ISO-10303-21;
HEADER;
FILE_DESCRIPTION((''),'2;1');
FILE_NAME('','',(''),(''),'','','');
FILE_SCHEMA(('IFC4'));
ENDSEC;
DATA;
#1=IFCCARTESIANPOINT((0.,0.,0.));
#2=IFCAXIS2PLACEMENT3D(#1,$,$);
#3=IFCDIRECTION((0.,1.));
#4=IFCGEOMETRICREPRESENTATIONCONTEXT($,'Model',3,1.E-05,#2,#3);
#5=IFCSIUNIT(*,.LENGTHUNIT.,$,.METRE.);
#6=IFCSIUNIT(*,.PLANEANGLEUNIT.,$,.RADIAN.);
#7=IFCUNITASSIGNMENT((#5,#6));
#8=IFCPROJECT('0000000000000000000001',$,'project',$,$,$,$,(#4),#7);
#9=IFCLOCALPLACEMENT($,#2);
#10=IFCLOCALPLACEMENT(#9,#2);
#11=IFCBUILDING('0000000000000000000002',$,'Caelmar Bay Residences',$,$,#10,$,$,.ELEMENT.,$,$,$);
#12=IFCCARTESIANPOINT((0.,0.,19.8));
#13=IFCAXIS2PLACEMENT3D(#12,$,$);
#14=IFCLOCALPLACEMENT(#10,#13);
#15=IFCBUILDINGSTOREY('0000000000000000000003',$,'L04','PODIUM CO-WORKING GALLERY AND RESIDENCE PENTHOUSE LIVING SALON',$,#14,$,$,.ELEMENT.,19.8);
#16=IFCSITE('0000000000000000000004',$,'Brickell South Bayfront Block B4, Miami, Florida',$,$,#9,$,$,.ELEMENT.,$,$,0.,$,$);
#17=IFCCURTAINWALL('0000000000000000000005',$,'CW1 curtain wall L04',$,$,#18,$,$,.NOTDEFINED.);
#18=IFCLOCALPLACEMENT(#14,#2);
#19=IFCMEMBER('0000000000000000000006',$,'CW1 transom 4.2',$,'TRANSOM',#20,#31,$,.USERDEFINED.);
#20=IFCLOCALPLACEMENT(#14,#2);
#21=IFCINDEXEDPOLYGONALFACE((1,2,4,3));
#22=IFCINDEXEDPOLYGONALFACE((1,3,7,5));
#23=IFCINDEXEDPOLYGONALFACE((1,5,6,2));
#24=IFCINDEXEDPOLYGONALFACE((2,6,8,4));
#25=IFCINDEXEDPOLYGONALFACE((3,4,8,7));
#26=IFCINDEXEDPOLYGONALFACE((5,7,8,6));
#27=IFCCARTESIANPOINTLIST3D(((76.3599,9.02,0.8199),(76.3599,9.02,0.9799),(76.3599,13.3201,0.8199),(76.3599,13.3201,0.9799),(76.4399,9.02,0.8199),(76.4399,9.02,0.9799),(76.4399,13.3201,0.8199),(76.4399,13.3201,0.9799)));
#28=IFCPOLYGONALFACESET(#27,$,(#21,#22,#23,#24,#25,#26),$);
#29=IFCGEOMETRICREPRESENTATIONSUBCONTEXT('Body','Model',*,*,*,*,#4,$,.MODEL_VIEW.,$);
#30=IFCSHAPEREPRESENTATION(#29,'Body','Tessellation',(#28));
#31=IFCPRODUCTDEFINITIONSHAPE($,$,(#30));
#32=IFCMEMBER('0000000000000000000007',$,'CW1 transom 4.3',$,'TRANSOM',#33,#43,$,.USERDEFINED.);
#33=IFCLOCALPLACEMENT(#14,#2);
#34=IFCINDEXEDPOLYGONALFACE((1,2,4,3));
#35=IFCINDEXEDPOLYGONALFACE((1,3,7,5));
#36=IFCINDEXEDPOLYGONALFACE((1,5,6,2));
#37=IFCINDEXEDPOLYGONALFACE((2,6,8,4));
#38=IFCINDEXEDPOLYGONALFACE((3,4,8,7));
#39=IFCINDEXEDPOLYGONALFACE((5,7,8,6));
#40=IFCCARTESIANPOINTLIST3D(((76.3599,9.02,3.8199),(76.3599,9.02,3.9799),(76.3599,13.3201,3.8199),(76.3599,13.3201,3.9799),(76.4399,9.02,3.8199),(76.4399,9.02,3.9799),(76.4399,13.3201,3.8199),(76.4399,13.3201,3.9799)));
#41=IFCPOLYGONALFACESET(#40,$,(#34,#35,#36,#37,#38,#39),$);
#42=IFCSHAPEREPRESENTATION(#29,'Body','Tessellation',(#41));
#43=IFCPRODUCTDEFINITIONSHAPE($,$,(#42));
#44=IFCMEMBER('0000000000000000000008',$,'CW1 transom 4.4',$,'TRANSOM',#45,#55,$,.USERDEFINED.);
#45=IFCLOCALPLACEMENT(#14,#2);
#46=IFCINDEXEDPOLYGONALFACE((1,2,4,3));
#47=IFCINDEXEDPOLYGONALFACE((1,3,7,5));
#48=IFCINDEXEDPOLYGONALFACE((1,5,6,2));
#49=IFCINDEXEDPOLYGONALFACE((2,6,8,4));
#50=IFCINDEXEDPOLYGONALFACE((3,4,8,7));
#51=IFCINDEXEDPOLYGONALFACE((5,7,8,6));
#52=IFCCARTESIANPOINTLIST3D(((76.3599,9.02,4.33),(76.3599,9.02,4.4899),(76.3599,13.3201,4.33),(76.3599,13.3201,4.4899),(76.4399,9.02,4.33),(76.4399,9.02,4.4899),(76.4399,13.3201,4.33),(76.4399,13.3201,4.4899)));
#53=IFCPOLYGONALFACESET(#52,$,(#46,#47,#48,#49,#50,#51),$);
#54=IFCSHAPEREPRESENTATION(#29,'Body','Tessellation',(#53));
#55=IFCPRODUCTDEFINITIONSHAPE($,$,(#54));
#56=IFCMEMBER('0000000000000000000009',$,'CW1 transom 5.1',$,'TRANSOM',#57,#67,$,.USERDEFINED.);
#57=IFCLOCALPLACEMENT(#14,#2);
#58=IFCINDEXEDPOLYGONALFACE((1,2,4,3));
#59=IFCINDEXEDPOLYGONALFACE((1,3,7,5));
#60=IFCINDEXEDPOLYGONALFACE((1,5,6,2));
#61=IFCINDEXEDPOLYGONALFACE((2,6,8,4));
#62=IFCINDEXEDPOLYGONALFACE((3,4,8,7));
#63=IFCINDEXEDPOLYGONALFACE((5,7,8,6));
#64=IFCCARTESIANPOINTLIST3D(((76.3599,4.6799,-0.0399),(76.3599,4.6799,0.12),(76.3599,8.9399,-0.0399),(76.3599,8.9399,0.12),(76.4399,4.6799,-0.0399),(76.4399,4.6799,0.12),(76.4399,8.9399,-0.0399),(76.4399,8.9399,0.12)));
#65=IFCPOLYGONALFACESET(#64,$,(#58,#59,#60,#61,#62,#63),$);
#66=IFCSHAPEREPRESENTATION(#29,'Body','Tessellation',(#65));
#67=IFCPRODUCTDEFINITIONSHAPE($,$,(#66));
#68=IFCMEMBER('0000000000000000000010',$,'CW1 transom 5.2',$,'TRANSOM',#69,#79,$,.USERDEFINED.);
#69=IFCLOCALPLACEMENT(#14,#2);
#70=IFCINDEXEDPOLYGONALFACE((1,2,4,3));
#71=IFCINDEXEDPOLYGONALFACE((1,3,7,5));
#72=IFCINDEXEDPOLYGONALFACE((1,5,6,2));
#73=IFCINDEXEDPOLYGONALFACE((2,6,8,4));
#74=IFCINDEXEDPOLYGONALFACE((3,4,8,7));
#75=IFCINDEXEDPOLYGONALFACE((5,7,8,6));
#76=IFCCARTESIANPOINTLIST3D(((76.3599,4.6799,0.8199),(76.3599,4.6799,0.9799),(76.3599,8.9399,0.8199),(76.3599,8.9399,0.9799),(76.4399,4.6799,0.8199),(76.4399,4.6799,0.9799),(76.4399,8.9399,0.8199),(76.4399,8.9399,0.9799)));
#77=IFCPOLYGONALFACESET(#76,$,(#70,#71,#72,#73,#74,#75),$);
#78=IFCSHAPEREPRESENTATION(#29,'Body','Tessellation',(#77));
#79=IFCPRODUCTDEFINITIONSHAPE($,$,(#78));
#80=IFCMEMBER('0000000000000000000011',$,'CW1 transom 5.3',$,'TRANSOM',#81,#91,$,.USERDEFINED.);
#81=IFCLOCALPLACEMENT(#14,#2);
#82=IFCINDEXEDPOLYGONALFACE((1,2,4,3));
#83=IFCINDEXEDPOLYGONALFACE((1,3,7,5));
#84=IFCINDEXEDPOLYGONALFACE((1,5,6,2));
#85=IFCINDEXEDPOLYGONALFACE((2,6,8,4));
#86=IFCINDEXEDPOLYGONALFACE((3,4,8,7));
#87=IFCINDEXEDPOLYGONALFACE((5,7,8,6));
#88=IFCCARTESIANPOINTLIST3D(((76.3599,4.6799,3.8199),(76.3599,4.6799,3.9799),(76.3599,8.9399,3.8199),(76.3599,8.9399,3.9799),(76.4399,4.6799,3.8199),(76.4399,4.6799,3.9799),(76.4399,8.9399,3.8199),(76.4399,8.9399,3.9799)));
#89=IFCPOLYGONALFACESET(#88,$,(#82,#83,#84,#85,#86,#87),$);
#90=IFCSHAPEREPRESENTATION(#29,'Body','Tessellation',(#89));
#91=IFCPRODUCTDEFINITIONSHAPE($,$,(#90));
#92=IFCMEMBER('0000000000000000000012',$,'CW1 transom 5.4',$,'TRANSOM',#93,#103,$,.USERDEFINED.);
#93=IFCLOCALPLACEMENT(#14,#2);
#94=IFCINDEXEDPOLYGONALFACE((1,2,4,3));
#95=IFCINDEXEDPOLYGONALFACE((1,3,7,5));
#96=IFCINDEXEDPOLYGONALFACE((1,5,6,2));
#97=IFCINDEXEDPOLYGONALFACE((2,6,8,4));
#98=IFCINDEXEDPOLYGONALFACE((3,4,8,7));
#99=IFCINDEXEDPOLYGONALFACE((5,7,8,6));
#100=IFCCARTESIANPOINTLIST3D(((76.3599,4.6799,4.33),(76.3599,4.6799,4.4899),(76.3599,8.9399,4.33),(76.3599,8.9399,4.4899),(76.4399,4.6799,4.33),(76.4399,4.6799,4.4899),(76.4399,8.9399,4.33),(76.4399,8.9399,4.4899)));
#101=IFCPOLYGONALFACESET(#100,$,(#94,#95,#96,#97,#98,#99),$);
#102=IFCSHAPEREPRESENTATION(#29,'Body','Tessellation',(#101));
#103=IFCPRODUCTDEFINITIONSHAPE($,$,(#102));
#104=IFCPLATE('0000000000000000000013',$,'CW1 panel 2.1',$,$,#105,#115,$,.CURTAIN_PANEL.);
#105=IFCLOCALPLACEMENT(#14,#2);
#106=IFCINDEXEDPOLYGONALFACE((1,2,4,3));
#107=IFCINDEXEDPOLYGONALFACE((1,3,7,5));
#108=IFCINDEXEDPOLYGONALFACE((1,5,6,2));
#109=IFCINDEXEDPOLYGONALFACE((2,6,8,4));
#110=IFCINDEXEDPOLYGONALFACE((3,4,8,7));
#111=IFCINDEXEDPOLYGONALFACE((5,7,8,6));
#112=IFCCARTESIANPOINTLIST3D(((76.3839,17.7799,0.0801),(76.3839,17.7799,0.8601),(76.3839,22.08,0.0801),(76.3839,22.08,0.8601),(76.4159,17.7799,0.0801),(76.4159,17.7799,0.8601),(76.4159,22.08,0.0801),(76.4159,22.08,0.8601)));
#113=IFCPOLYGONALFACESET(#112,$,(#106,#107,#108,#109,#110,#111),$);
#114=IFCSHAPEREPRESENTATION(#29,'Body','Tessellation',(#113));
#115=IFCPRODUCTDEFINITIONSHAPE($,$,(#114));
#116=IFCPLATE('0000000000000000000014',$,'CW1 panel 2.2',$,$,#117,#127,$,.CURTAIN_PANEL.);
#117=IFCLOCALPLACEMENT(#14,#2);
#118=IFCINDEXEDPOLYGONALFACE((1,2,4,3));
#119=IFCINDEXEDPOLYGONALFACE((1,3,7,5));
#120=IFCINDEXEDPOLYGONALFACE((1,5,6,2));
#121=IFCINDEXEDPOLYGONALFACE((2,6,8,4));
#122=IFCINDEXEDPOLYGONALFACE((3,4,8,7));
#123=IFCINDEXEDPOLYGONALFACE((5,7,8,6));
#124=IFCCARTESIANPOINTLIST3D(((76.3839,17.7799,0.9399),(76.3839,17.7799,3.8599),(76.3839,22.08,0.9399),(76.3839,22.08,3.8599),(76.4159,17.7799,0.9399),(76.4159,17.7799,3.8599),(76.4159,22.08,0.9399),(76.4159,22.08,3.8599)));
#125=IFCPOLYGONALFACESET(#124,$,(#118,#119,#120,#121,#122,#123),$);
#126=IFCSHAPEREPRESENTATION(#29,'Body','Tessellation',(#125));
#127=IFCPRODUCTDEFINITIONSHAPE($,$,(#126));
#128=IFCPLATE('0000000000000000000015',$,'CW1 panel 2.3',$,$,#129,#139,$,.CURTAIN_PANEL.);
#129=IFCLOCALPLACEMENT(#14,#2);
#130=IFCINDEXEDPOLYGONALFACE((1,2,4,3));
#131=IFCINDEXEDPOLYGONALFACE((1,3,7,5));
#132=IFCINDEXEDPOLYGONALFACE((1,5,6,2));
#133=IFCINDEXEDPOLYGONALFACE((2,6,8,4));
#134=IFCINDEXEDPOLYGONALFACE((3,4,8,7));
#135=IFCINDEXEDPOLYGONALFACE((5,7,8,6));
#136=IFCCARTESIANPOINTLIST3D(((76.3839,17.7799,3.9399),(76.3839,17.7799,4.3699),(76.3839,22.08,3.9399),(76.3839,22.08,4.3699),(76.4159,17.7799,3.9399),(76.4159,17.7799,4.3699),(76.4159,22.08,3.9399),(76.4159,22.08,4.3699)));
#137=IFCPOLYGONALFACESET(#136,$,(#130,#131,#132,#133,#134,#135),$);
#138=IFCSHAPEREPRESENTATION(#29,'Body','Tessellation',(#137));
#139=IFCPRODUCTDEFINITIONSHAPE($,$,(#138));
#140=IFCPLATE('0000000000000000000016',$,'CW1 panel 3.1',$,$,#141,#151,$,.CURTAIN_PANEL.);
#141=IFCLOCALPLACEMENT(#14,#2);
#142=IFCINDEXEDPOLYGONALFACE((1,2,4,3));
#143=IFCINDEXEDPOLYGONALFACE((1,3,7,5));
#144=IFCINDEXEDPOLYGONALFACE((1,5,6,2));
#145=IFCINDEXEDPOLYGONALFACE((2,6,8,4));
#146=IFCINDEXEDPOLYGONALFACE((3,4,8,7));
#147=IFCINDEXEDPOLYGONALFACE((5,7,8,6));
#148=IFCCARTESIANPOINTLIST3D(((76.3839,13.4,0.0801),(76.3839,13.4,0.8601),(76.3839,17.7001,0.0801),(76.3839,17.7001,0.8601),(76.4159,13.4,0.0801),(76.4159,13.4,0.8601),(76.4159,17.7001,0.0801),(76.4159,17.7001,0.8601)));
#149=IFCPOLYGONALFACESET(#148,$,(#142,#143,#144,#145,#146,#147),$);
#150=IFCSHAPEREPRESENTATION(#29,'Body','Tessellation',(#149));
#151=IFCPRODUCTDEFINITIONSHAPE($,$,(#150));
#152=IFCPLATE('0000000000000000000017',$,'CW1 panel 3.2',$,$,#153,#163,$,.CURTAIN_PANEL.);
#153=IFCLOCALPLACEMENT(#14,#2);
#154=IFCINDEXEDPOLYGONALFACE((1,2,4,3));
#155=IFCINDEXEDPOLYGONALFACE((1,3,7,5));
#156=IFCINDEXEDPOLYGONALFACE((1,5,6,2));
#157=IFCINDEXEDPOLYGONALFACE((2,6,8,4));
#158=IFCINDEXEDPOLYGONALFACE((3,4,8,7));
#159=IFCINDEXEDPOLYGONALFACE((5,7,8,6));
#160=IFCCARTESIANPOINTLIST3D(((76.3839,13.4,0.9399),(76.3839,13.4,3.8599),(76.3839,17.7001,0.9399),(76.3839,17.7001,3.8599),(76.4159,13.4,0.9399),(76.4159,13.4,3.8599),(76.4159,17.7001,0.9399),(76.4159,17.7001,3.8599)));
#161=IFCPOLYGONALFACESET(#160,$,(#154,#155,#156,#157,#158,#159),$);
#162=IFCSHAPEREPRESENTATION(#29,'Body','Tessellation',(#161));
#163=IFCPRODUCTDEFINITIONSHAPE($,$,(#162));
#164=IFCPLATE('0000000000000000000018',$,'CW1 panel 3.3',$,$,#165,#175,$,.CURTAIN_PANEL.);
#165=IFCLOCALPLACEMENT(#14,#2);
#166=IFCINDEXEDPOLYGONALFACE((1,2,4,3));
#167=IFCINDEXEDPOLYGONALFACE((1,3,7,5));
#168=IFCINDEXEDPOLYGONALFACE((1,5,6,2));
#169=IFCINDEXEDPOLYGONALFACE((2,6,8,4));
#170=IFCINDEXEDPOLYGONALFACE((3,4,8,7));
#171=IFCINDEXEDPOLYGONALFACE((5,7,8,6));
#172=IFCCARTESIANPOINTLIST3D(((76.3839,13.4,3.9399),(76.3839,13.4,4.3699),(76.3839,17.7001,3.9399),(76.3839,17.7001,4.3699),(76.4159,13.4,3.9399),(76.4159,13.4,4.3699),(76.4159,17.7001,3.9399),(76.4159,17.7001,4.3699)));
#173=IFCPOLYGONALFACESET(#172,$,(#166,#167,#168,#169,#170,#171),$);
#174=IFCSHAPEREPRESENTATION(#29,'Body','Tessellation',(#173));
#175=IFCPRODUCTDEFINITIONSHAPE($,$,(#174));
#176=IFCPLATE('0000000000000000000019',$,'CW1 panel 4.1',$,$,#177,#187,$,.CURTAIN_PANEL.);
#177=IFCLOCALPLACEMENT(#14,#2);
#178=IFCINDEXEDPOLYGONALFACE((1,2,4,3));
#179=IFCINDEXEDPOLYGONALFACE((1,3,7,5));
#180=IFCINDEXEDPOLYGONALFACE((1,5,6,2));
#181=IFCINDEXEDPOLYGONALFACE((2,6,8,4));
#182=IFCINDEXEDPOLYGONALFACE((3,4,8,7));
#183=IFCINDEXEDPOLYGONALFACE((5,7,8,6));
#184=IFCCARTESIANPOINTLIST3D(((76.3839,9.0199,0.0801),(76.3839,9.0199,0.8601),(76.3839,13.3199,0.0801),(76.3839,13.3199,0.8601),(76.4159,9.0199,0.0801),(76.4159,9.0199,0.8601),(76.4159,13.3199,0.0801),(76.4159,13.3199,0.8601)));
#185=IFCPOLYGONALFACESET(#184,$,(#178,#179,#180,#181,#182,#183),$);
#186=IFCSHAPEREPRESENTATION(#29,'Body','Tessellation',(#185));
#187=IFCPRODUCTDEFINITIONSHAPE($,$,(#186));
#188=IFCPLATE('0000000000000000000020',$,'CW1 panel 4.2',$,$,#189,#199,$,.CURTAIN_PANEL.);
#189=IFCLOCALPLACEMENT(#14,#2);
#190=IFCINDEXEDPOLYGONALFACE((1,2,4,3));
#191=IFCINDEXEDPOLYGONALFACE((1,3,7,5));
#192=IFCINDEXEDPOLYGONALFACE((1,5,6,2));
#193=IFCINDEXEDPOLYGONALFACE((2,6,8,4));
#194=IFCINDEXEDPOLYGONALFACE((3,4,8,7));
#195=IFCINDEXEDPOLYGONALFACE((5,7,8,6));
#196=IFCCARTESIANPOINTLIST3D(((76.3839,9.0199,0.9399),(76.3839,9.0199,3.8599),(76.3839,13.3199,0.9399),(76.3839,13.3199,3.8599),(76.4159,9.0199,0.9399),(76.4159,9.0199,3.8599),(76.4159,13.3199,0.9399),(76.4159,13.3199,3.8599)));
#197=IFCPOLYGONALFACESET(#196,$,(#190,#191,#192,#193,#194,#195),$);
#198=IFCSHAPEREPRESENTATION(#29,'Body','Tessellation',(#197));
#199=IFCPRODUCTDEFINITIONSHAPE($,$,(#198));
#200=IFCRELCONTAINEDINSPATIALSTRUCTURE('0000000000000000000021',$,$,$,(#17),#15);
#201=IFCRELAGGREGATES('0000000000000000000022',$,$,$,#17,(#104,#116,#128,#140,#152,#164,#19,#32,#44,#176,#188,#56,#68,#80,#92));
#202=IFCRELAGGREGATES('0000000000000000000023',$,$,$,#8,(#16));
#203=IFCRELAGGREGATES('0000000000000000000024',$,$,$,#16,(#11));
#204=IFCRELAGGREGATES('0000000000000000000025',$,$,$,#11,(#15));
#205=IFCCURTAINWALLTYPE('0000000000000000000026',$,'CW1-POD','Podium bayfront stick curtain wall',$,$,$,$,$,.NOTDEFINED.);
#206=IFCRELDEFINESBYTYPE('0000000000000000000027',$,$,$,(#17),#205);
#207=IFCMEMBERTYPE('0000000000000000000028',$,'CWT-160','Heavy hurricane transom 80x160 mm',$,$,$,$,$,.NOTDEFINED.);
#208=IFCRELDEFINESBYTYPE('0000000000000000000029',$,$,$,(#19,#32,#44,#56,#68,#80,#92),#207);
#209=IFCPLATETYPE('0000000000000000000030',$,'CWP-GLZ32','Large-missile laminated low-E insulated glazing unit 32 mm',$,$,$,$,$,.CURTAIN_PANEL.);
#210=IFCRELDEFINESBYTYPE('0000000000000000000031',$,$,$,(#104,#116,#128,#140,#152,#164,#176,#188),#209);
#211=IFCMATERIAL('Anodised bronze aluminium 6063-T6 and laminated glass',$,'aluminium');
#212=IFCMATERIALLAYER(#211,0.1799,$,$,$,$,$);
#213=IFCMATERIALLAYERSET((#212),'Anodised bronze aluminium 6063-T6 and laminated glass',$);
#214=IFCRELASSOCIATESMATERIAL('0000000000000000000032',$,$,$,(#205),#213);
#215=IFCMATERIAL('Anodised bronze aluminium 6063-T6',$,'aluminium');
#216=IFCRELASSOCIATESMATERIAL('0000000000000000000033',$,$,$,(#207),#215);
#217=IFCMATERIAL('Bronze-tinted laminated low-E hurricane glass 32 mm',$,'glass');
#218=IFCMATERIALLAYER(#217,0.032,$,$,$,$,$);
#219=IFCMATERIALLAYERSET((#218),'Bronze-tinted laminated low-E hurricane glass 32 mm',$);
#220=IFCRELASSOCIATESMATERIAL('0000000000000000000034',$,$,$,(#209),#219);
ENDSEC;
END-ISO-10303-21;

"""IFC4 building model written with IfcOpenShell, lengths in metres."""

from ifc_helpers import new_model, si_unit, direction, frame, origin, origin_2d, place, context, subcontext, project, spatial, rectangle, extrude, material, layer, layer_set, material_profile, profile_set, type_object, element, aggregate, save


model = new_model("IFC4")

# Units and contexts
model_context = context("Model", 3, precision=1e-05, world=origin(), true_north=direction((0.0, 1.0)))
body_context = subcontext(model_context, "Body", "Model", "MODEL_VIEW")
ifc_project = project(units=[si_unit("LENGTHUNIT", "METRE"), si_unit("PLANEANGLEUNIT", "RADIAN")], contexts=[model_context])

# Site, building, storey
site_placement = place(None, origin())
site = spatial("IfcSite", under=ifc_project, at=site_placement, Name="Brickell South Bayfront Block B4, Miami, Florida", CompositionType="ELEMENT", RefElevation=0.0)
building_placement = place(site_placement, origin())
building = spatial("IfcBuilding", under=site, at=building_placement, Name="Caelmar Bay Residences", CompositionType="ELEMENT")
storey_placement = place(building_placement, frame((0.0, 0.0, 19.8)))
storey = spatial("IfcBuildingStorey", under=building, at=storey_placement, Name="L04", Description="PODIUM CO-WORKING GALLERY AND RESIDENCE PENTHOUSE LIVING SALON", CompositionType="ELEMENT", Elevation=19.8)

# Shared definitions
ifc_material_1 = material(Name="Anodised bronze aluminium 6063-T6 and laminated glass", Category="aluminium")
ifc_material_2 = material(Name="Anodised bronze aluminium 6063-T6", Category="aluminium")

# Curtain wall, members, plates
ifc_layer_1 = layer(ifc_material_1, 0.1799)
ifc_layer_set_1 = layer_set([ifc_layer_1], Name="Anodised bronze aluminium 6063-T6 and laminated glass")
curtain_wall_type_1 = type_object("IfcCurtainWallType", Name="CW1-POD", Description="Podium bayfront stick curtain wall", PredefinedType="NOTDEFINED", material=ifc_layer_set_1)
curtain_wall_1_placement = place(storey_placement, origin())
curtain_wall_1 = element("IfcCurtainWall", 1, at=curtain_wall_1_placement, inside=storey, type_object=curtain_wall_type_1, Name="CW1 curtain wall L04", PredefinedType="NOTDEFINED")
ifc_material_profile_1 = material_profile(ifc_material_2, rectangle(XDim=0.0801, YDim=0.1599, at=origin_2d()), Name="CWT-80X160")
ifc_profile_set_1 = profile_set([ifc_material_profile_1], Name="Anodised bronze aluminium 6063-T6")
member_type_1 = type_object("IfcMemberType", Name="CWT-160", Description="Heavy hurricane transom 80x160 mm", PredefinedType="NOTDEFINED", material=ifc_profile_set_1)
member_1_placement = place(storey_placement, frame((76.3999, 13.3201, 0.8999), z_axis=(0.0, -1.0, 0.0), x_axis=(1.0, 0.0, 0.0)))
member_1 = element("IfcMember", 2, at=member_1_placement, type_object=member_type_1, Name="CW1 transom 4.2", ObjectType="TRANSOM", PredefinedType="USERDEFINED", context=body_context, shape_type="SweptSolid", body=[
    extrude(rectangle(XDim=0.0801, YDim=0.1599, at=origin_2d()), origin(), (0.0, 0.0, 1.0), 4.3),
])
member_2_placement = place(storey_placement, frame((76.3999, 13.3201, 3.8999), z_axis=(0.0, -1.0, 0.0), x_axis=(1.0, 0.0, 0.0)))
member_2 = element("IfcMember", 3, at=member_2_placement, type_object=member_type_1, Name="CW1 transom 4.3", ObjectType="TRANSOM", PredefinedType="USERDEFINED", context=body_context, shape_type="SweptSolid", body=[
    extrude(rectangle(XDim=0.0801, YDim=0.1599, at=origin_2d()), origin(), (0.0, 0.0, 1.0), 4.3),
])
member_3_placement = place(storey_placement, frame((76.3999, 13.3201, 4.4099), z_axis=(0.0, -1.0, 0.0), x_axis=(1.0, 0.0, 0.0)))
member_3 = element("IfcMember", 4, at=member_3_placement, type_object=member_type_1, Name="CW1 transom 4.4", ObjectType="TRANSOM", PredefinedType="USERDEFINED", context=body_context, shape_type="SweptSolid", body=[
    extrude(rectangle(XDim=0.0801, YDim=0.1599, at=origin_2d()), origin(), (0.0, 0.0, 1.0), 4.3),
])
member_4_placement = place(storey_placement, frame((76.3999, 8.9399, 0.04), z_axis=(0.0, -1.0, 0.0), x_axis=(1.0, 0.0, 0.0)))
member_4 = element("IfcMember", 5, at=member_4_placement, type_object=member_type_1, Name="CW1 transom 5.1", ObjectType="TRANSOM", PredefinedType="USERDEFINED", context=body_context, shape_type="SweptSolid", body=[
    extrude(rectangle(XDim=0.0801, YDim=0.1599, at=origin_2d()), origin(), (0.0, 0.0, 1.0), 4.26),
])
member_5_placement = place(storey_placement, frame((76.3999, 8.9399, 0.8999), z_axis=(0.0, -1.0, 0.0), x_axis=(1.0, 0.0, 0.0)))
member_5 = element("IfcMember", 6, at=member_5_placement, type_object=member_type_1, Name="CW1 transom 5.2", ObjectType="TRANSOM", PredefinedType="USERDEFINED", context=body_context, shape_type="SweptSolid", body=[
    extrude(rectangle(XDim=0.0801, YDim=0.1599, at=origin_2d()), origin(), (0.0, 0.0, 1.0), 4.26),
])
member_6_placement = place(storey_placement, frame((76.3999, 8.9399, 3.8999), z_axis=(0.0, -1.0, 0.0), x_axis=(1.0, 0.0, 0.0)))
member_6 = element("IfcMember", 7, at=member_6_placement, type_object=member_type_1, Name="CW1 transom 5.3", ObjectType="TRANSOM", PredefinedType="USERDEFINED", context=body_context, shape_type="SweptSolid", body=[
    extrude(rectangle(XDim=0.0801, YDim=0.1599, at=origin_2d()), origin(), (0.0, 0.0, 1.0), 4.26),
])
member_7_placement = place(storey_placement, frame((76.3999, 8.9399, 4.4099), z_axis=(0.0, -1.0, 0.0), x_axis=(1.0, 0.0, 0.0)))
member_7 = element("IfcMember", 8, at=member_7_placement, type_object=member_type_1, Name="CW1 transom 5.4", ObjectType="TRANSOM", PredefinedType="USERDEFINED", context=body_context, shape_type="SweptSolid", body=[
    extrude(rectangle(XDim=0.0801, YDim=0.1599, at=origin_2d()), origin(), (0.0, 0.0, 1.0), 4.26),
])
ifc_material_3 = material(Name="Bronze-tinted laminated low-E hurricane glass 32 mm", Category="glass")
ifc_layer_2 = layer(ifc_material_3, 0.032)
ifc_layer_set_2 = layer_set([ifc_layer_2], Name="Bronze-tinted laminated low-E hurricane glass 32 mm")
plate_type = type_object("IfcPlateType", Name="CWP-GLZ32", Description="Large-missile laminated low-E insulated glazing unit 32 mm", PredefinedType="CURTAIN_PANEL", material=ifc_layer_set_2)
plate_1_placement = place(storey_placement, frame((76.3999, 19.9299, 0.0801), z_axis=(0.0, 0.0, 1.0), x_axis=(0.0, -1.0, 0.0)))
plate_1 = element("IfcPlate", 9, at=plate_1_placement, type_object=plate_type, Name="CW1 panel 2.1", PredefinedType="CURTAIN_PANEL", context=body_context, shape_type="SweptSolid", body=[
    extrude(rectangle(XDim=4.3, YDim=0.032, at=origin_2d()), origin(), (0.0, 0.0, 1.0), 0.78),
])
plate_2_placement = place(storey_placement, frame((76.3999, 19.9299, 0.9399), z_axis=(0.0, 0.0, 1.0), x_axis=(0.0, -1.0, 0.0)))
plate_2 = element("IfcPlate", 10, at=plate_2_placement, type_object=plate_type, Name="CW1 panel 2.2", PredefinedType="CURTAIN_PANEL", context=body_context, shape_type="SweptSolid", body=[
    extrude(rectangle(XDim=4.3, YDim=0.032, at=origin_2d()), origin(), (0.0, 0.0, 1.0), 2.9199),
])
plate_3_placement = place(storey_placement, frame((76.3999, 19.9299, 3.9399), z_axis=(0.0, 0.0, 1.0), x_axis=(0.0, -1.0, 0.0)))
plate_3 = element("IfcPlate", 11, at=plate_3_placement, type_object=plate_type, Name="CW1 panel 2.3", PredefinedType="CURTAIN_PANEL", context=body_context, shape_type="SweptSolid", body=[
    extrude(rectangle(XDim=4.3, YDim=0.032, at=origin_2d()), origin(), (0.0, 0.0, 1.0), 0.4299),
])
plate_4_placement = place(storey_placement, frame((76.3999, 15.55, 0.0801), z_axis=(0.0, 0.0, 1.0), x_axis=(0.0, -1.0, 0.0)))
plate_4 = element("IfcPlate", 12, at=plate_4_placement, type_object=plate_type, Name="CW1 panel 3.1", PredefinedType="CURTAIN_PANEL", context=body_context, shape_type="SweptSolid", body=[
    extrude(rectangle(XDim=4.3, YDim=0.032, at=origin_2d()), origin(), (0.0, 0.0, 1.0), 0.78),
])
plate_5_placement = place(storey_placement, frame((76.3999, 15.55, 0.9399), z_axis=(0.0, 0.0, 1.0), x_axis=(0.0, -1.0, 0.0)))
plate_5 = element("IfcPlate", 13, at=plate_5_placement, type_object=plate_type, Name="CW1 panel 3.2", PredefinedType="CURTAIN_PANEL", context=body_context, shape_type="SweptSolid", body=[
    extrude(rectangle(XDim=4.3, YDim=0.032, at=origin_2d()), origin(), (0.0, 0.0, 1.0), 2.9199),
])
plate_6_placement = place(storey_placement, frame((76.3999, 15.55, 3.9399), z_axis=(0.0, 0.0, 1.0), x_axis=(0.0, -1.0, 0.0)))
plate_6 = element("IfcPlate", 14, at=plate_6_placement, type_object=plate_type, Name="CW1 panel 3.3", PredefinedType="CURTAIN_PANEL", context=body_context, shape_type="SweptSolid", body=[
    extrude(rectangle(XDim=4.3, YDim=0.032, at=origin_2d()), origin(), (0.0, 0.0, 1.0), 0.4299),
])
plate_7_placement = place(storey_placement, frame((76.3999, 11.1699, 0.0801), z_axis=(0.0, 0.0, 1.0), x_axis=(0.0, -1.0, 0.0)))
plate_7 = element("IfcPlate", 15, at=plate_7_placement, type_object=plate_type, Name="CW1 panel 4.1", PredefinedType="CURTAIN_PANEL", context=body_context, shape_type="SweptSolid", body=[
    extrude(rectangle(XDim=4.3, YDim=0.032, at=origin_2d()), origin(), (0.0, 0.0, 1.0), 0.78),
])
plate_8_placement = place(storey_placement, frame((76.3999, 11.1699, 0.9399), z_axis=(0.0, 0.0, 1.0), x_axis=(0.0, -1.0, 0.0)))
plate_8 = element("IfcPlate", 16, at=plate_8_placement, type_object=plate_type, Name="CW1 panel 4.2", PredefinedType="CURTAIN_PANEL", context=body_context, shape_type="SweptSolid", body=[
    extrude(rectangle(XDim=4.3, YDim=0.032, at=origin_2d()), origin(), (0.0, 0.0, 1.0), 2.9199),
])
aggregate(curtain_wall_1, [plate_1, plate_2, plate_3, plate_4, plate_5, plate_6, member_1, member_2, member_3, plate_7, plate_8, member_4, member_5, member_6, member_7])

save(model, "model.ifc")
